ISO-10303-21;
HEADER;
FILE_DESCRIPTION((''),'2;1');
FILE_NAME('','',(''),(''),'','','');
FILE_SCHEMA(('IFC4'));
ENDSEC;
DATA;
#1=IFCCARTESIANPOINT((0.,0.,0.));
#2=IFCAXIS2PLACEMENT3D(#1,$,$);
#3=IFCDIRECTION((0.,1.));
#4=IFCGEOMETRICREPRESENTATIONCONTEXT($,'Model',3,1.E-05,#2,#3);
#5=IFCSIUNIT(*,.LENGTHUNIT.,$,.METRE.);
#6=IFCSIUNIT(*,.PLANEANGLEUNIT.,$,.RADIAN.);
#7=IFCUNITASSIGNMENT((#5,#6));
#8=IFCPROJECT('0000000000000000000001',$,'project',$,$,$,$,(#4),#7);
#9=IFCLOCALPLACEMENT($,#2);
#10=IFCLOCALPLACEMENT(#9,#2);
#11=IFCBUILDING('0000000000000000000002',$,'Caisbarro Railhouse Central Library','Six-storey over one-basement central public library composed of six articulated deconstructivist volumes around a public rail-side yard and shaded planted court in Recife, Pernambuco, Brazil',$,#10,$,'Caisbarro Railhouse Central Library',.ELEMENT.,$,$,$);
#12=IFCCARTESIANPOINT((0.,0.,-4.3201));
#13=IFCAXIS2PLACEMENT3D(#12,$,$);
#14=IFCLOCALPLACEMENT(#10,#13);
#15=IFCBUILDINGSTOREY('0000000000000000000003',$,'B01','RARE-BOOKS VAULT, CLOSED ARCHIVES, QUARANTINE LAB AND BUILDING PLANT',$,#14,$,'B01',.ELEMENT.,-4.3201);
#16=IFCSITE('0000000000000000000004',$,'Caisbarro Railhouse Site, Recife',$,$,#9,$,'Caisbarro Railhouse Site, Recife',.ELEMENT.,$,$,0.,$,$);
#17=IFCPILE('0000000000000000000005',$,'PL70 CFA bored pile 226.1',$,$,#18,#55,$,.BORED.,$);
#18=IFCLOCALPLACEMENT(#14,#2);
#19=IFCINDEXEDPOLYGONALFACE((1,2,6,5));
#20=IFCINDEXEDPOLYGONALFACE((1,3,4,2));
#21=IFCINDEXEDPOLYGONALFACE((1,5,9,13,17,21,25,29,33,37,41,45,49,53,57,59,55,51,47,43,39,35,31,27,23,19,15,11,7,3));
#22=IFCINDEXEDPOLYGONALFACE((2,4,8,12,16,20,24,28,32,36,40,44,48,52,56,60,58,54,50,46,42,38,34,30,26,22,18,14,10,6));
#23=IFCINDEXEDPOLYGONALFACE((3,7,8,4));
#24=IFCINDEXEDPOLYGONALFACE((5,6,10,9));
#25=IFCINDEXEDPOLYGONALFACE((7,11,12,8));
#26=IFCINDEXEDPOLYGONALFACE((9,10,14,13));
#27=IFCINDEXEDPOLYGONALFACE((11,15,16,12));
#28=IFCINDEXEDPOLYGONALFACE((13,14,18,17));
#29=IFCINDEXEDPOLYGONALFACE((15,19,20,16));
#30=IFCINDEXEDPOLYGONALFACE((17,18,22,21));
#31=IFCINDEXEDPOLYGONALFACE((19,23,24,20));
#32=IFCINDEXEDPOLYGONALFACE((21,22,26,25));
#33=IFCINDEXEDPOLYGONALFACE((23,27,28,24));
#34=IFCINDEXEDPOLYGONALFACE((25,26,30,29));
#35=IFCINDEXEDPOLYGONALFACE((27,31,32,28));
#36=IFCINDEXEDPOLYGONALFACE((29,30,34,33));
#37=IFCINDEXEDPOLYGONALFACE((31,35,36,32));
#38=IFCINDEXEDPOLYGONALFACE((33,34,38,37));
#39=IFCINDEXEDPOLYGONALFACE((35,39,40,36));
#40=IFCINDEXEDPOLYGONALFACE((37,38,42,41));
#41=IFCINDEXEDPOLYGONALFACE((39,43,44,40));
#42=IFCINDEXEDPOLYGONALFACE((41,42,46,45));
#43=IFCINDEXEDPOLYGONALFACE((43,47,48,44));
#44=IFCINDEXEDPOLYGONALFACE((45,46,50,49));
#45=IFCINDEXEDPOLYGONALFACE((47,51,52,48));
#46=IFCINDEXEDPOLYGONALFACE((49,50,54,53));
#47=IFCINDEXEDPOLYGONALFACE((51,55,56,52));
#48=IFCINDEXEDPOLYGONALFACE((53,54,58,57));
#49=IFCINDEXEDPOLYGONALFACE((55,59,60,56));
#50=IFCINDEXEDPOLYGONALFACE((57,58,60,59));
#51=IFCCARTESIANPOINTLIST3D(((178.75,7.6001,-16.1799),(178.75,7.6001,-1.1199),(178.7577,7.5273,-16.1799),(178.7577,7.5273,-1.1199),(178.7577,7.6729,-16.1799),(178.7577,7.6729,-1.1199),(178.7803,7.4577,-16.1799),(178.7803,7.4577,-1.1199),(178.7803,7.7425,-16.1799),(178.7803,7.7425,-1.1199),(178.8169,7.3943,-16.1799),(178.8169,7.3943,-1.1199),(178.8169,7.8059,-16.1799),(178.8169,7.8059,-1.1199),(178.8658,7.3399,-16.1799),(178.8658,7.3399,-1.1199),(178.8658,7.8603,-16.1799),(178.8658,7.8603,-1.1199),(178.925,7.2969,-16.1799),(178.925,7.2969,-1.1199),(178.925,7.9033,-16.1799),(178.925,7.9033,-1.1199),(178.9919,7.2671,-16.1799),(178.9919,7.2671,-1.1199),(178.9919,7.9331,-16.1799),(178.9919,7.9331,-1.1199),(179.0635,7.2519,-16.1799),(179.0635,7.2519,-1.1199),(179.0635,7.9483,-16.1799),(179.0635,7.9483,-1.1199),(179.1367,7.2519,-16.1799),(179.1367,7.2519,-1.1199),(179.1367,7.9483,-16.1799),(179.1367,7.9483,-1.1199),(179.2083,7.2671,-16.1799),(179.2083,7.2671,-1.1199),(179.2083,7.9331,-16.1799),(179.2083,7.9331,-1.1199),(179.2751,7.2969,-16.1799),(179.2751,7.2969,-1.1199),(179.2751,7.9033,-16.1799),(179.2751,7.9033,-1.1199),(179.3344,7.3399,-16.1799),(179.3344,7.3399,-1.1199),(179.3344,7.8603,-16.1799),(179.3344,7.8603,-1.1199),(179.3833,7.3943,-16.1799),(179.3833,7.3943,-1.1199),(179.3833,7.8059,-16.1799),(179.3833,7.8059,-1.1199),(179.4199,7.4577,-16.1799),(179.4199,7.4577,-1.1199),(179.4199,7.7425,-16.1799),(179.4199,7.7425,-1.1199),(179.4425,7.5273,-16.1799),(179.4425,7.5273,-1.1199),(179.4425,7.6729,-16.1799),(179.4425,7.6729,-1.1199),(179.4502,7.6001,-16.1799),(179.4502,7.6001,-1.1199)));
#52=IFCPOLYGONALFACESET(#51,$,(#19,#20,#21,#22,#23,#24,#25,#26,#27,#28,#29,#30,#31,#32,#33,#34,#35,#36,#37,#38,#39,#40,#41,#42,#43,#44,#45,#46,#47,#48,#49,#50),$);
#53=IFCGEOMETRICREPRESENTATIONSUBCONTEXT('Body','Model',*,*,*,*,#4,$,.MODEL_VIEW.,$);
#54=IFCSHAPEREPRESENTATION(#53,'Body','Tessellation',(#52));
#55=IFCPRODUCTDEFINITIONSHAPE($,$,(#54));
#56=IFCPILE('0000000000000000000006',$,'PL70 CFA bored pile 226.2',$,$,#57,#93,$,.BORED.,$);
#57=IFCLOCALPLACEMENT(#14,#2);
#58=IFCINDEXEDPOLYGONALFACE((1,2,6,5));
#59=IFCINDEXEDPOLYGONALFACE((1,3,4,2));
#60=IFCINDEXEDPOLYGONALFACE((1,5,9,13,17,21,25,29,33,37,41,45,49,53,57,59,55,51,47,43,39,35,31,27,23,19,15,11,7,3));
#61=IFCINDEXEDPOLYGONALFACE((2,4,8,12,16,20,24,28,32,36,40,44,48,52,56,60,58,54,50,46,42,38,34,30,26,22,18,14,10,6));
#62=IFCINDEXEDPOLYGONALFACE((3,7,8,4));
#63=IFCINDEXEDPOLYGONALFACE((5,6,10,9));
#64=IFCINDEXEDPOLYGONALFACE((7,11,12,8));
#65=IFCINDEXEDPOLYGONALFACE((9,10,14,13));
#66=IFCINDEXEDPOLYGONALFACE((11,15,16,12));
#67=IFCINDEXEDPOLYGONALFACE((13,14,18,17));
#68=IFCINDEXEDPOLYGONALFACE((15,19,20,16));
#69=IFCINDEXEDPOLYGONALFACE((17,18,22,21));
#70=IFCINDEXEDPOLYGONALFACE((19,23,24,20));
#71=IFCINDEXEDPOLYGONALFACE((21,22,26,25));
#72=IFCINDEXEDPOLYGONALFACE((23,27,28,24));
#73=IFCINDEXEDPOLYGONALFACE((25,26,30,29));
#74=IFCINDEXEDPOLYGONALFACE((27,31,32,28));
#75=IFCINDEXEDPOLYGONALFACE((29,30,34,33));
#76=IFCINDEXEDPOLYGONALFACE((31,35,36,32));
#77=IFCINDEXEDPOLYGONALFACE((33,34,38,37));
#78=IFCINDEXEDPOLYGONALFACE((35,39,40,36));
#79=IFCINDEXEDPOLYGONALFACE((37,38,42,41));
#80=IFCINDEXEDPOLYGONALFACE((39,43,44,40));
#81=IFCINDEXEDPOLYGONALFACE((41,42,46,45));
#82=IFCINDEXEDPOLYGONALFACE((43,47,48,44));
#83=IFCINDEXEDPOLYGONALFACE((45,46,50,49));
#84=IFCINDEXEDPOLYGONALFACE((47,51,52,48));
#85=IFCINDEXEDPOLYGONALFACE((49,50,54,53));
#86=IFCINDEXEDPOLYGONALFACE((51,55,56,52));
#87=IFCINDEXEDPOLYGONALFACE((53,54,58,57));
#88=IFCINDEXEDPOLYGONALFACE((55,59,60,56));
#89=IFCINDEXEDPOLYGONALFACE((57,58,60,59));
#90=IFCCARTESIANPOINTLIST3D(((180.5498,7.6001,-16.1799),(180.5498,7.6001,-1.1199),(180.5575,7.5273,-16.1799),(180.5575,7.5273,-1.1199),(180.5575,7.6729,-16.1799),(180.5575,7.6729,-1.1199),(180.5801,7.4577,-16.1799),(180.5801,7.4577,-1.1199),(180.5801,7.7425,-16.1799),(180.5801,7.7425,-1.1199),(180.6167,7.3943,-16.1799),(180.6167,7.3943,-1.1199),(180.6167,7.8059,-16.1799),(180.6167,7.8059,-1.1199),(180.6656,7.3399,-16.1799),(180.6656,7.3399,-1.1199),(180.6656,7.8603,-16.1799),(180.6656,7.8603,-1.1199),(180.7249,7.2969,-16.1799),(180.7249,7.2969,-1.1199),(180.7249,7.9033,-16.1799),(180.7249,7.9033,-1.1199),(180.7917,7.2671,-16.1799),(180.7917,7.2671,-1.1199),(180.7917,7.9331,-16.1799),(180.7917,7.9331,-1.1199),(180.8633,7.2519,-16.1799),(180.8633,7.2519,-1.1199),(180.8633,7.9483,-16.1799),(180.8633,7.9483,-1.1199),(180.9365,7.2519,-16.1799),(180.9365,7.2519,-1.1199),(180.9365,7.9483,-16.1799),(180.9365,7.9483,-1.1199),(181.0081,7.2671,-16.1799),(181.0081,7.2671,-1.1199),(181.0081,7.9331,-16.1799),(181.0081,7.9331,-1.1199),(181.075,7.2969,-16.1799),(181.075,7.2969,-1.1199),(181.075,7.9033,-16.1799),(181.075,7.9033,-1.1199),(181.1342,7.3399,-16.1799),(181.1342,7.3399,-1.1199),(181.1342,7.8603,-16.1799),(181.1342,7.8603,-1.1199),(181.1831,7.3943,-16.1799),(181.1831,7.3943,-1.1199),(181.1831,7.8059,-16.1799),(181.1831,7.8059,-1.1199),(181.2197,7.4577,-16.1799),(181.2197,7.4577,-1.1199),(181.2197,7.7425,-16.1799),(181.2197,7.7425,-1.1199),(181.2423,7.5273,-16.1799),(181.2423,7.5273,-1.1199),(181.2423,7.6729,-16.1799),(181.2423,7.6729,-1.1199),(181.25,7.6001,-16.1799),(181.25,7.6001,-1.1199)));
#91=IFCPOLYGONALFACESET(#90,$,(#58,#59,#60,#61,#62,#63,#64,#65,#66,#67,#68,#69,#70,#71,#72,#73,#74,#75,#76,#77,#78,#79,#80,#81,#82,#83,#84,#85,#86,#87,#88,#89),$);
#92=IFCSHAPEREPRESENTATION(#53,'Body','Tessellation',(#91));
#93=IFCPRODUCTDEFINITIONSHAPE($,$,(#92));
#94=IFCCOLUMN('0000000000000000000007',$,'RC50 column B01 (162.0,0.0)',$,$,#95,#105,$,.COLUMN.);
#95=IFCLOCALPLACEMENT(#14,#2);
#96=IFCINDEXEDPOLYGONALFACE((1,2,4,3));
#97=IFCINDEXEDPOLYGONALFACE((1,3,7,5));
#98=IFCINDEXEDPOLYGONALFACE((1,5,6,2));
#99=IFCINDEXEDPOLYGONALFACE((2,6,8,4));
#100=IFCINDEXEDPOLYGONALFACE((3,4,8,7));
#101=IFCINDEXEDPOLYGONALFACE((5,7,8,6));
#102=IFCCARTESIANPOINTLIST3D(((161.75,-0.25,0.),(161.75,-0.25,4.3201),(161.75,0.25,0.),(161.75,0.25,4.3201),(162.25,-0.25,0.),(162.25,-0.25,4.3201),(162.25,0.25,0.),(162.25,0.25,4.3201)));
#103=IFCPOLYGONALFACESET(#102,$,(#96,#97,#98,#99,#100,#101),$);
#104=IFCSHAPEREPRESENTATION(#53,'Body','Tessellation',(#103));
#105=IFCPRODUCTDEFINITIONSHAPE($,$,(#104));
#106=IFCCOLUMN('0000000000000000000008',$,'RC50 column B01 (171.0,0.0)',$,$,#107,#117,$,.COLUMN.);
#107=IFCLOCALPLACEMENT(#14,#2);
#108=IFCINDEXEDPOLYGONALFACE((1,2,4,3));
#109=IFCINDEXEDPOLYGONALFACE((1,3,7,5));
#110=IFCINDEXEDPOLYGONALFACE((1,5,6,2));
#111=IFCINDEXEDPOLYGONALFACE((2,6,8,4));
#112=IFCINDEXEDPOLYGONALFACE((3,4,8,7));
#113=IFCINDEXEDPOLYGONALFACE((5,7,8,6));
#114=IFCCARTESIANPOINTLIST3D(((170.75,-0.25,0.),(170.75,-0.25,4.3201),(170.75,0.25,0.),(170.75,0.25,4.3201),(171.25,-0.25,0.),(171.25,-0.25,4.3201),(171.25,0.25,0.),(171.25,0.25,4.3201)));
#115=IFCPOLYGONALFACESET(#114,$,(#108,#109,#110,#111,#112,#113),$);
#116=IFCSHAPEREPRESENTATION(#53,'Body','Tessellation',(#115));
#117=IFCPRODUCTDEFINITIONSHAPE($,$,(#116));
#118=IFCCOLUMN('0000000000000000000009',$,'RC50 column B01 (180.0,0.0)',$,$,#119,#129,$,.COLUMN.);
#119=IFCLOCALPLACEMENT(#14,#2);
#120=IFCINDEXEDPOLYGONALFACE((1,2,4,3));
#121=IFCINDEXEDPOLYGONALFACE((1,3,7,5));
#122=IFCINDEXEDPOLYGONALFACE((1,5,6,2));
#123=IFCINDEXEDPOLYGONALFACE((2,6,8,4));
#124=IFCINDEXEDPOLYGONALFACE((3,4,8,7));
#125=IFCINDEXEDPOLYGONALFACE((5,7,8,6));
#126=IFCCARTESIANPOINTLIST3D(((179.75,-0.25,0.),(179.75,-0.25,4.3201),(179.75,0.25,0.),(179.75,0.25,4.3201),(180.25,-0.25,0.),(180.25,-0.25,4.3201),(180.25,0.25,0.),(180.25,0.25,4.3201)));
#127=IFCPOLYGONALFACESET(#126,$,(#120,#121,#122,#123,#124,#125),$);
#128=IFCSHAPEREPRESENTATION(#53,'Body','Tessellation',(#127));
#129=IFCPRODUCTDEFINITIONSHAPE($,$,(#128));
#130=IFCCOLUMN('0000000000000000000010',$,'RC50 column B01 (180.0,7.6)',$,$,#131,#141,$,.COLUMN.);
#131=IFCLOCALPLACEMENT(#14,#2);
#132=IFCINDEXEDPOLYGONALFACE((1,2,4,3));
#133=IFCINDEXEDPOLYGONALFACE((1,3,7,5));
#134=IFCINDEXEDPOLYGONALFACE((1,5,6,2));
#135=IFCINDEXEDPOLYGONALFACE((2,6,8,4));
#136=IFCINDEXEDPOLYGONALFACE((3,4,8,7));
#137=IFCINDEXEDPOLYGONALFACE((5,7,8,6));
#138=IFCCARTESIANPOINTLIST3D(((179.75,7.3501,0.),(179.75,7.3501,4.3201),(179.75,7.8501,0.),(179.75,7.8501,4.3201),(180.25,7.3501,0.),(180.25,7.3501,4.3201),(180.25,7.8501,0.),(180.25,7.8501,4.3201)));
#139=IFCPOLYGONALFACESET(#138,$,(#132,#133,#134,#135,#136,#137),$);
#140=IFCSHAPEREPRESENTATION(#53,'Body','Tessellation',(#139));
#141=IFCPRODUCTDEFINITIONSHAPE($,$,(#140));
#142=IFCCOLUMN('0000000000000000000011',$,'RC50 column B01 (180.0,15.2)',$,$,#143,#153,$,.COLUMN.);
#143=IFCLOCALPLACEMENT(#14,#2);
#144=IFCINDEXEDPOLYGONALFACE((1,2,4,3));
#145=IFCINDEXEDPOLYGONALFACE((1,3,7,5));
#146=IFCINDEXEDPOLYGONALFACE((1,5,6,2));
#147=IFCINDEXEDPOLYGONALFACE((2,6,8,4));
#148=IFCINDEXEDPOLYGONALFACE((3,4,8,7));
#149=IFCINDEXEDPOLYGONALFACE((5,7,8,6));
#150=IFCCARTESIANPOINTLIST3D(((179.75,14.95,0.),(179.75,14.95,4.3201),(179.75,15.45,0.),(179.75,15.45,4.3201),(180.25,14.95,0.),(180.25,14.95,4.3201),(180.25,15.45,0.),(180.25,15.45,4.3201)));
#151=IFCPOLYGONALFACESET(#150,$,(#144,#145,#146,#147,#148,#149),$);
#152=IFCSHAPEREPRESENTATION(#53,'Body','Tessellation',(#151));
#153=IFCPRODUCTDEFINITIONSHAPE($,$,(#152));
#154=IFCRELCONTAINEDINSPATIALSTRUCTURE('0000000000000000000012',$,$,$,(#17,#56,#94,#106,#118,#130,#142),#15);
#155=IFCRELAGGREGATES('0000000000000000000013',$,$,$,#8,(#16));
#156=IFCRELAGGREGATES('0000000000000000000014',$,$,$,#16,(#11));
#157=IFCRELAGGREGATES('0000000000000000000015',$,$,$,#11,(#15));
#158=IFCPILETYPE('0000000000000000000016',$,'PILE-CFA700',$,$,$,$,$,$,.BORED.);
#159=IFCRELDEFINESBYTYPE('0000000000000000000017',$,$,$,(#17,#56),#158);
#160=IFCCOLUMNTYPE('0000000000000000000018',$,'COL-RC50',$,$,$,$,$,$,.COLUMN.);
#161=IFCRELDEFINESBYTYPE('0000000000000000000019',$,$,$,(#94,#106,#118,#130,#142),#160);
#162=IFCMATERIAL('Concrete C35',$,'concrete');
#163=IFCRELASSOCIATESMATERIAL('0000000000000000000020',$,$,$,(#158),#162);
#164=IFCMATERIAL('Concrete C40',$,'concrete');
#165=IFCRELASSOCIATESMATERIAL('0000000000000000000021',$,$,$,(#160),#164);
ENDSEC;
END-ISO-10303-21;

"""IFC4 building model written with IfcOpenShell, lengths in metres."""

from ifc_helpers import new_model, si_unit, direction, frame, origin, origin_2d, place, context, subcontext, project, spatial, rectangle, circle, extrude, material, material_profile, profile_set, type_object, element, save


model = new_model("IFC4")

# Units and contexts
model_context = context("Model", 3, precision=1e-05, world=origin(), true_north=direction((0.0, 1.0)))
body_context = subcontext(model_context, "Body", "Model", "MODEL_VIEW")
ifc_project = project(units=[si_unit("LENGTHUNIT", "METRE"), si_unit("PLANEANGLEUNIT", "RADIAN")], contexts=[model_context])

# Site, building, storey
site_placement = place(None, origin())
site = spatial("IfcSite", under=ifc_project, at=site_placement, Name="Caisbarro Railhouse Site, Recife", LongName="Caisbarro Railhouse Site, Recife", CompositionType="ELEMENT", RefElevation=0.0)
building_placement = place(site_placement, origin())
building = spatial("IfcBuilding", under=site, at=building_placement, Name="Caisbarro Railhouse Central Library", Description="Six-storey over one-basement central public library composed of six articulated deconstructivist volumes around a public rail-side yard and shaded planted court in Recife, Pernambuco, Brazil", LongName="Caisbarro Railhouse Central Library", CompositionType="ELEMENT")
storey_placement = place(building_placement, frame((0.0, 0.0, -4.3201)))
storey = spatial("IfcBuildingStorey", under=building, at=storey_placement, Name="B01", Description="RARE-BOOKS VAULT, CLOSED ARCHIVES, QUARANTINE LAB AND BUILDING PLANT", LongName="B01", CompositionType="ELEMENT", Elevation=-4.3201)

# Shared definitions
ifc_material_1 = material(Name="Concrete C35", Category="concrete")
ifc_material_2 = material(Name="Concrete C40", Category="concrete")

# Piles
ifc_material_profile_1 = material_profile(ifc_material_1, circle(Radius=0.3501, at=origin_2d()), Name="PILE-CFA-700")
ifc_profile_set_1 = profile_set([ifc_material_profile_1], Name="Concrete C35")
pile_type_1 = type_object("IfcPileType", Name="PILE-CFA700", PredefinedType="BORED", material=ifc_profile_set_1)
for number, where, z_axis, x_axis, name in (
    (1, (179.1001, 7.6001, -1.1199), (0.0, 0.0, -1.0), (1.0, 0.0, 0.0), "PL70 CFA bored pile 226.1"),
    (2, (180.8999, 7.6001, -1.1199), (0.0, 0.0, -1.0), (1.0, 0.0, 0.0), "PL70 CFA bored pile 226.2"),
):
    element("IfcPile", number, at=place(storey_placement, frame(where, z_axis=z_axis, x_axis=x_axis)), inside=storey, type_object=pile_type_1, Name=name, PredefinedType="BORED", context=body_context, shape_type="SweptSolid", body=[
        extrude(circle(Radius=0.3501, at=origin_2d()), origin(), (0.0, 0.0, 1.0), 15.0601),
    ])

# Columns
ifc_material_profile_2 = material_profile(ifc_material_2, rectangle(XDim=0.5, YDim=0.5, at=origin_2d()), Name="RC-COL-500X500")
ifc_profile_set_2 = profile_set([ifc_material_profile_2], Name="Concrete C40")
column_type = type_object("IfcColumnType", Name="COL-RC50", PredefinedType="COLUMN", material=ifc_profile_set_2)
for number, where, z_axis, x_axis, name in (
    (3, (162.0, 0.0, 0.0), (0.0, 0.0, 1.0), (1.0, 0.0, 0.0), "RC50 column B01 (162.0,0.0)"),
    (4, (171.0, 0.0, 0.0), (0.0, 0.0, 1.0), (1.0, 0.0, 0.0), "RC50 column B01 (171.0,0.0)"),
    (5, (180.0, 0.0, 0.0), (0.0, 0.0, 1.0), (1.0, 0.0, 0.0), "RC50 column B01 (180.0,0.0)"),
    (6, (180.0, 7.6001, 0.0), (0.0, 0.0, 1.0), (1.0, 0.0, 0.0), "RC50 column B01 (180.0,7.6)"),
    (7, (180.0, 15.2, 0.0), (0.0, 0.0, 1.0), (1.0, 0.0, 0.0), "RC50 column B01 (180.0,15.2)"),
):
    element("IfcColumn", number, at=place(storey_placement, frame(where, z_axis=z_axis, x_axis=x_axis)), inside=storey, type_object=column_type, Name=name, PredefinedType="COLUMN", context=body_context, shape_type="SweptSolid", body=[
        extrude(rectangle(XDim=0.5, YDim=0.5, at=origin_2d()), origin(), (0.0, 0.0, 1.0), 4.3201),
    ])

save(model, "model.ifc")
